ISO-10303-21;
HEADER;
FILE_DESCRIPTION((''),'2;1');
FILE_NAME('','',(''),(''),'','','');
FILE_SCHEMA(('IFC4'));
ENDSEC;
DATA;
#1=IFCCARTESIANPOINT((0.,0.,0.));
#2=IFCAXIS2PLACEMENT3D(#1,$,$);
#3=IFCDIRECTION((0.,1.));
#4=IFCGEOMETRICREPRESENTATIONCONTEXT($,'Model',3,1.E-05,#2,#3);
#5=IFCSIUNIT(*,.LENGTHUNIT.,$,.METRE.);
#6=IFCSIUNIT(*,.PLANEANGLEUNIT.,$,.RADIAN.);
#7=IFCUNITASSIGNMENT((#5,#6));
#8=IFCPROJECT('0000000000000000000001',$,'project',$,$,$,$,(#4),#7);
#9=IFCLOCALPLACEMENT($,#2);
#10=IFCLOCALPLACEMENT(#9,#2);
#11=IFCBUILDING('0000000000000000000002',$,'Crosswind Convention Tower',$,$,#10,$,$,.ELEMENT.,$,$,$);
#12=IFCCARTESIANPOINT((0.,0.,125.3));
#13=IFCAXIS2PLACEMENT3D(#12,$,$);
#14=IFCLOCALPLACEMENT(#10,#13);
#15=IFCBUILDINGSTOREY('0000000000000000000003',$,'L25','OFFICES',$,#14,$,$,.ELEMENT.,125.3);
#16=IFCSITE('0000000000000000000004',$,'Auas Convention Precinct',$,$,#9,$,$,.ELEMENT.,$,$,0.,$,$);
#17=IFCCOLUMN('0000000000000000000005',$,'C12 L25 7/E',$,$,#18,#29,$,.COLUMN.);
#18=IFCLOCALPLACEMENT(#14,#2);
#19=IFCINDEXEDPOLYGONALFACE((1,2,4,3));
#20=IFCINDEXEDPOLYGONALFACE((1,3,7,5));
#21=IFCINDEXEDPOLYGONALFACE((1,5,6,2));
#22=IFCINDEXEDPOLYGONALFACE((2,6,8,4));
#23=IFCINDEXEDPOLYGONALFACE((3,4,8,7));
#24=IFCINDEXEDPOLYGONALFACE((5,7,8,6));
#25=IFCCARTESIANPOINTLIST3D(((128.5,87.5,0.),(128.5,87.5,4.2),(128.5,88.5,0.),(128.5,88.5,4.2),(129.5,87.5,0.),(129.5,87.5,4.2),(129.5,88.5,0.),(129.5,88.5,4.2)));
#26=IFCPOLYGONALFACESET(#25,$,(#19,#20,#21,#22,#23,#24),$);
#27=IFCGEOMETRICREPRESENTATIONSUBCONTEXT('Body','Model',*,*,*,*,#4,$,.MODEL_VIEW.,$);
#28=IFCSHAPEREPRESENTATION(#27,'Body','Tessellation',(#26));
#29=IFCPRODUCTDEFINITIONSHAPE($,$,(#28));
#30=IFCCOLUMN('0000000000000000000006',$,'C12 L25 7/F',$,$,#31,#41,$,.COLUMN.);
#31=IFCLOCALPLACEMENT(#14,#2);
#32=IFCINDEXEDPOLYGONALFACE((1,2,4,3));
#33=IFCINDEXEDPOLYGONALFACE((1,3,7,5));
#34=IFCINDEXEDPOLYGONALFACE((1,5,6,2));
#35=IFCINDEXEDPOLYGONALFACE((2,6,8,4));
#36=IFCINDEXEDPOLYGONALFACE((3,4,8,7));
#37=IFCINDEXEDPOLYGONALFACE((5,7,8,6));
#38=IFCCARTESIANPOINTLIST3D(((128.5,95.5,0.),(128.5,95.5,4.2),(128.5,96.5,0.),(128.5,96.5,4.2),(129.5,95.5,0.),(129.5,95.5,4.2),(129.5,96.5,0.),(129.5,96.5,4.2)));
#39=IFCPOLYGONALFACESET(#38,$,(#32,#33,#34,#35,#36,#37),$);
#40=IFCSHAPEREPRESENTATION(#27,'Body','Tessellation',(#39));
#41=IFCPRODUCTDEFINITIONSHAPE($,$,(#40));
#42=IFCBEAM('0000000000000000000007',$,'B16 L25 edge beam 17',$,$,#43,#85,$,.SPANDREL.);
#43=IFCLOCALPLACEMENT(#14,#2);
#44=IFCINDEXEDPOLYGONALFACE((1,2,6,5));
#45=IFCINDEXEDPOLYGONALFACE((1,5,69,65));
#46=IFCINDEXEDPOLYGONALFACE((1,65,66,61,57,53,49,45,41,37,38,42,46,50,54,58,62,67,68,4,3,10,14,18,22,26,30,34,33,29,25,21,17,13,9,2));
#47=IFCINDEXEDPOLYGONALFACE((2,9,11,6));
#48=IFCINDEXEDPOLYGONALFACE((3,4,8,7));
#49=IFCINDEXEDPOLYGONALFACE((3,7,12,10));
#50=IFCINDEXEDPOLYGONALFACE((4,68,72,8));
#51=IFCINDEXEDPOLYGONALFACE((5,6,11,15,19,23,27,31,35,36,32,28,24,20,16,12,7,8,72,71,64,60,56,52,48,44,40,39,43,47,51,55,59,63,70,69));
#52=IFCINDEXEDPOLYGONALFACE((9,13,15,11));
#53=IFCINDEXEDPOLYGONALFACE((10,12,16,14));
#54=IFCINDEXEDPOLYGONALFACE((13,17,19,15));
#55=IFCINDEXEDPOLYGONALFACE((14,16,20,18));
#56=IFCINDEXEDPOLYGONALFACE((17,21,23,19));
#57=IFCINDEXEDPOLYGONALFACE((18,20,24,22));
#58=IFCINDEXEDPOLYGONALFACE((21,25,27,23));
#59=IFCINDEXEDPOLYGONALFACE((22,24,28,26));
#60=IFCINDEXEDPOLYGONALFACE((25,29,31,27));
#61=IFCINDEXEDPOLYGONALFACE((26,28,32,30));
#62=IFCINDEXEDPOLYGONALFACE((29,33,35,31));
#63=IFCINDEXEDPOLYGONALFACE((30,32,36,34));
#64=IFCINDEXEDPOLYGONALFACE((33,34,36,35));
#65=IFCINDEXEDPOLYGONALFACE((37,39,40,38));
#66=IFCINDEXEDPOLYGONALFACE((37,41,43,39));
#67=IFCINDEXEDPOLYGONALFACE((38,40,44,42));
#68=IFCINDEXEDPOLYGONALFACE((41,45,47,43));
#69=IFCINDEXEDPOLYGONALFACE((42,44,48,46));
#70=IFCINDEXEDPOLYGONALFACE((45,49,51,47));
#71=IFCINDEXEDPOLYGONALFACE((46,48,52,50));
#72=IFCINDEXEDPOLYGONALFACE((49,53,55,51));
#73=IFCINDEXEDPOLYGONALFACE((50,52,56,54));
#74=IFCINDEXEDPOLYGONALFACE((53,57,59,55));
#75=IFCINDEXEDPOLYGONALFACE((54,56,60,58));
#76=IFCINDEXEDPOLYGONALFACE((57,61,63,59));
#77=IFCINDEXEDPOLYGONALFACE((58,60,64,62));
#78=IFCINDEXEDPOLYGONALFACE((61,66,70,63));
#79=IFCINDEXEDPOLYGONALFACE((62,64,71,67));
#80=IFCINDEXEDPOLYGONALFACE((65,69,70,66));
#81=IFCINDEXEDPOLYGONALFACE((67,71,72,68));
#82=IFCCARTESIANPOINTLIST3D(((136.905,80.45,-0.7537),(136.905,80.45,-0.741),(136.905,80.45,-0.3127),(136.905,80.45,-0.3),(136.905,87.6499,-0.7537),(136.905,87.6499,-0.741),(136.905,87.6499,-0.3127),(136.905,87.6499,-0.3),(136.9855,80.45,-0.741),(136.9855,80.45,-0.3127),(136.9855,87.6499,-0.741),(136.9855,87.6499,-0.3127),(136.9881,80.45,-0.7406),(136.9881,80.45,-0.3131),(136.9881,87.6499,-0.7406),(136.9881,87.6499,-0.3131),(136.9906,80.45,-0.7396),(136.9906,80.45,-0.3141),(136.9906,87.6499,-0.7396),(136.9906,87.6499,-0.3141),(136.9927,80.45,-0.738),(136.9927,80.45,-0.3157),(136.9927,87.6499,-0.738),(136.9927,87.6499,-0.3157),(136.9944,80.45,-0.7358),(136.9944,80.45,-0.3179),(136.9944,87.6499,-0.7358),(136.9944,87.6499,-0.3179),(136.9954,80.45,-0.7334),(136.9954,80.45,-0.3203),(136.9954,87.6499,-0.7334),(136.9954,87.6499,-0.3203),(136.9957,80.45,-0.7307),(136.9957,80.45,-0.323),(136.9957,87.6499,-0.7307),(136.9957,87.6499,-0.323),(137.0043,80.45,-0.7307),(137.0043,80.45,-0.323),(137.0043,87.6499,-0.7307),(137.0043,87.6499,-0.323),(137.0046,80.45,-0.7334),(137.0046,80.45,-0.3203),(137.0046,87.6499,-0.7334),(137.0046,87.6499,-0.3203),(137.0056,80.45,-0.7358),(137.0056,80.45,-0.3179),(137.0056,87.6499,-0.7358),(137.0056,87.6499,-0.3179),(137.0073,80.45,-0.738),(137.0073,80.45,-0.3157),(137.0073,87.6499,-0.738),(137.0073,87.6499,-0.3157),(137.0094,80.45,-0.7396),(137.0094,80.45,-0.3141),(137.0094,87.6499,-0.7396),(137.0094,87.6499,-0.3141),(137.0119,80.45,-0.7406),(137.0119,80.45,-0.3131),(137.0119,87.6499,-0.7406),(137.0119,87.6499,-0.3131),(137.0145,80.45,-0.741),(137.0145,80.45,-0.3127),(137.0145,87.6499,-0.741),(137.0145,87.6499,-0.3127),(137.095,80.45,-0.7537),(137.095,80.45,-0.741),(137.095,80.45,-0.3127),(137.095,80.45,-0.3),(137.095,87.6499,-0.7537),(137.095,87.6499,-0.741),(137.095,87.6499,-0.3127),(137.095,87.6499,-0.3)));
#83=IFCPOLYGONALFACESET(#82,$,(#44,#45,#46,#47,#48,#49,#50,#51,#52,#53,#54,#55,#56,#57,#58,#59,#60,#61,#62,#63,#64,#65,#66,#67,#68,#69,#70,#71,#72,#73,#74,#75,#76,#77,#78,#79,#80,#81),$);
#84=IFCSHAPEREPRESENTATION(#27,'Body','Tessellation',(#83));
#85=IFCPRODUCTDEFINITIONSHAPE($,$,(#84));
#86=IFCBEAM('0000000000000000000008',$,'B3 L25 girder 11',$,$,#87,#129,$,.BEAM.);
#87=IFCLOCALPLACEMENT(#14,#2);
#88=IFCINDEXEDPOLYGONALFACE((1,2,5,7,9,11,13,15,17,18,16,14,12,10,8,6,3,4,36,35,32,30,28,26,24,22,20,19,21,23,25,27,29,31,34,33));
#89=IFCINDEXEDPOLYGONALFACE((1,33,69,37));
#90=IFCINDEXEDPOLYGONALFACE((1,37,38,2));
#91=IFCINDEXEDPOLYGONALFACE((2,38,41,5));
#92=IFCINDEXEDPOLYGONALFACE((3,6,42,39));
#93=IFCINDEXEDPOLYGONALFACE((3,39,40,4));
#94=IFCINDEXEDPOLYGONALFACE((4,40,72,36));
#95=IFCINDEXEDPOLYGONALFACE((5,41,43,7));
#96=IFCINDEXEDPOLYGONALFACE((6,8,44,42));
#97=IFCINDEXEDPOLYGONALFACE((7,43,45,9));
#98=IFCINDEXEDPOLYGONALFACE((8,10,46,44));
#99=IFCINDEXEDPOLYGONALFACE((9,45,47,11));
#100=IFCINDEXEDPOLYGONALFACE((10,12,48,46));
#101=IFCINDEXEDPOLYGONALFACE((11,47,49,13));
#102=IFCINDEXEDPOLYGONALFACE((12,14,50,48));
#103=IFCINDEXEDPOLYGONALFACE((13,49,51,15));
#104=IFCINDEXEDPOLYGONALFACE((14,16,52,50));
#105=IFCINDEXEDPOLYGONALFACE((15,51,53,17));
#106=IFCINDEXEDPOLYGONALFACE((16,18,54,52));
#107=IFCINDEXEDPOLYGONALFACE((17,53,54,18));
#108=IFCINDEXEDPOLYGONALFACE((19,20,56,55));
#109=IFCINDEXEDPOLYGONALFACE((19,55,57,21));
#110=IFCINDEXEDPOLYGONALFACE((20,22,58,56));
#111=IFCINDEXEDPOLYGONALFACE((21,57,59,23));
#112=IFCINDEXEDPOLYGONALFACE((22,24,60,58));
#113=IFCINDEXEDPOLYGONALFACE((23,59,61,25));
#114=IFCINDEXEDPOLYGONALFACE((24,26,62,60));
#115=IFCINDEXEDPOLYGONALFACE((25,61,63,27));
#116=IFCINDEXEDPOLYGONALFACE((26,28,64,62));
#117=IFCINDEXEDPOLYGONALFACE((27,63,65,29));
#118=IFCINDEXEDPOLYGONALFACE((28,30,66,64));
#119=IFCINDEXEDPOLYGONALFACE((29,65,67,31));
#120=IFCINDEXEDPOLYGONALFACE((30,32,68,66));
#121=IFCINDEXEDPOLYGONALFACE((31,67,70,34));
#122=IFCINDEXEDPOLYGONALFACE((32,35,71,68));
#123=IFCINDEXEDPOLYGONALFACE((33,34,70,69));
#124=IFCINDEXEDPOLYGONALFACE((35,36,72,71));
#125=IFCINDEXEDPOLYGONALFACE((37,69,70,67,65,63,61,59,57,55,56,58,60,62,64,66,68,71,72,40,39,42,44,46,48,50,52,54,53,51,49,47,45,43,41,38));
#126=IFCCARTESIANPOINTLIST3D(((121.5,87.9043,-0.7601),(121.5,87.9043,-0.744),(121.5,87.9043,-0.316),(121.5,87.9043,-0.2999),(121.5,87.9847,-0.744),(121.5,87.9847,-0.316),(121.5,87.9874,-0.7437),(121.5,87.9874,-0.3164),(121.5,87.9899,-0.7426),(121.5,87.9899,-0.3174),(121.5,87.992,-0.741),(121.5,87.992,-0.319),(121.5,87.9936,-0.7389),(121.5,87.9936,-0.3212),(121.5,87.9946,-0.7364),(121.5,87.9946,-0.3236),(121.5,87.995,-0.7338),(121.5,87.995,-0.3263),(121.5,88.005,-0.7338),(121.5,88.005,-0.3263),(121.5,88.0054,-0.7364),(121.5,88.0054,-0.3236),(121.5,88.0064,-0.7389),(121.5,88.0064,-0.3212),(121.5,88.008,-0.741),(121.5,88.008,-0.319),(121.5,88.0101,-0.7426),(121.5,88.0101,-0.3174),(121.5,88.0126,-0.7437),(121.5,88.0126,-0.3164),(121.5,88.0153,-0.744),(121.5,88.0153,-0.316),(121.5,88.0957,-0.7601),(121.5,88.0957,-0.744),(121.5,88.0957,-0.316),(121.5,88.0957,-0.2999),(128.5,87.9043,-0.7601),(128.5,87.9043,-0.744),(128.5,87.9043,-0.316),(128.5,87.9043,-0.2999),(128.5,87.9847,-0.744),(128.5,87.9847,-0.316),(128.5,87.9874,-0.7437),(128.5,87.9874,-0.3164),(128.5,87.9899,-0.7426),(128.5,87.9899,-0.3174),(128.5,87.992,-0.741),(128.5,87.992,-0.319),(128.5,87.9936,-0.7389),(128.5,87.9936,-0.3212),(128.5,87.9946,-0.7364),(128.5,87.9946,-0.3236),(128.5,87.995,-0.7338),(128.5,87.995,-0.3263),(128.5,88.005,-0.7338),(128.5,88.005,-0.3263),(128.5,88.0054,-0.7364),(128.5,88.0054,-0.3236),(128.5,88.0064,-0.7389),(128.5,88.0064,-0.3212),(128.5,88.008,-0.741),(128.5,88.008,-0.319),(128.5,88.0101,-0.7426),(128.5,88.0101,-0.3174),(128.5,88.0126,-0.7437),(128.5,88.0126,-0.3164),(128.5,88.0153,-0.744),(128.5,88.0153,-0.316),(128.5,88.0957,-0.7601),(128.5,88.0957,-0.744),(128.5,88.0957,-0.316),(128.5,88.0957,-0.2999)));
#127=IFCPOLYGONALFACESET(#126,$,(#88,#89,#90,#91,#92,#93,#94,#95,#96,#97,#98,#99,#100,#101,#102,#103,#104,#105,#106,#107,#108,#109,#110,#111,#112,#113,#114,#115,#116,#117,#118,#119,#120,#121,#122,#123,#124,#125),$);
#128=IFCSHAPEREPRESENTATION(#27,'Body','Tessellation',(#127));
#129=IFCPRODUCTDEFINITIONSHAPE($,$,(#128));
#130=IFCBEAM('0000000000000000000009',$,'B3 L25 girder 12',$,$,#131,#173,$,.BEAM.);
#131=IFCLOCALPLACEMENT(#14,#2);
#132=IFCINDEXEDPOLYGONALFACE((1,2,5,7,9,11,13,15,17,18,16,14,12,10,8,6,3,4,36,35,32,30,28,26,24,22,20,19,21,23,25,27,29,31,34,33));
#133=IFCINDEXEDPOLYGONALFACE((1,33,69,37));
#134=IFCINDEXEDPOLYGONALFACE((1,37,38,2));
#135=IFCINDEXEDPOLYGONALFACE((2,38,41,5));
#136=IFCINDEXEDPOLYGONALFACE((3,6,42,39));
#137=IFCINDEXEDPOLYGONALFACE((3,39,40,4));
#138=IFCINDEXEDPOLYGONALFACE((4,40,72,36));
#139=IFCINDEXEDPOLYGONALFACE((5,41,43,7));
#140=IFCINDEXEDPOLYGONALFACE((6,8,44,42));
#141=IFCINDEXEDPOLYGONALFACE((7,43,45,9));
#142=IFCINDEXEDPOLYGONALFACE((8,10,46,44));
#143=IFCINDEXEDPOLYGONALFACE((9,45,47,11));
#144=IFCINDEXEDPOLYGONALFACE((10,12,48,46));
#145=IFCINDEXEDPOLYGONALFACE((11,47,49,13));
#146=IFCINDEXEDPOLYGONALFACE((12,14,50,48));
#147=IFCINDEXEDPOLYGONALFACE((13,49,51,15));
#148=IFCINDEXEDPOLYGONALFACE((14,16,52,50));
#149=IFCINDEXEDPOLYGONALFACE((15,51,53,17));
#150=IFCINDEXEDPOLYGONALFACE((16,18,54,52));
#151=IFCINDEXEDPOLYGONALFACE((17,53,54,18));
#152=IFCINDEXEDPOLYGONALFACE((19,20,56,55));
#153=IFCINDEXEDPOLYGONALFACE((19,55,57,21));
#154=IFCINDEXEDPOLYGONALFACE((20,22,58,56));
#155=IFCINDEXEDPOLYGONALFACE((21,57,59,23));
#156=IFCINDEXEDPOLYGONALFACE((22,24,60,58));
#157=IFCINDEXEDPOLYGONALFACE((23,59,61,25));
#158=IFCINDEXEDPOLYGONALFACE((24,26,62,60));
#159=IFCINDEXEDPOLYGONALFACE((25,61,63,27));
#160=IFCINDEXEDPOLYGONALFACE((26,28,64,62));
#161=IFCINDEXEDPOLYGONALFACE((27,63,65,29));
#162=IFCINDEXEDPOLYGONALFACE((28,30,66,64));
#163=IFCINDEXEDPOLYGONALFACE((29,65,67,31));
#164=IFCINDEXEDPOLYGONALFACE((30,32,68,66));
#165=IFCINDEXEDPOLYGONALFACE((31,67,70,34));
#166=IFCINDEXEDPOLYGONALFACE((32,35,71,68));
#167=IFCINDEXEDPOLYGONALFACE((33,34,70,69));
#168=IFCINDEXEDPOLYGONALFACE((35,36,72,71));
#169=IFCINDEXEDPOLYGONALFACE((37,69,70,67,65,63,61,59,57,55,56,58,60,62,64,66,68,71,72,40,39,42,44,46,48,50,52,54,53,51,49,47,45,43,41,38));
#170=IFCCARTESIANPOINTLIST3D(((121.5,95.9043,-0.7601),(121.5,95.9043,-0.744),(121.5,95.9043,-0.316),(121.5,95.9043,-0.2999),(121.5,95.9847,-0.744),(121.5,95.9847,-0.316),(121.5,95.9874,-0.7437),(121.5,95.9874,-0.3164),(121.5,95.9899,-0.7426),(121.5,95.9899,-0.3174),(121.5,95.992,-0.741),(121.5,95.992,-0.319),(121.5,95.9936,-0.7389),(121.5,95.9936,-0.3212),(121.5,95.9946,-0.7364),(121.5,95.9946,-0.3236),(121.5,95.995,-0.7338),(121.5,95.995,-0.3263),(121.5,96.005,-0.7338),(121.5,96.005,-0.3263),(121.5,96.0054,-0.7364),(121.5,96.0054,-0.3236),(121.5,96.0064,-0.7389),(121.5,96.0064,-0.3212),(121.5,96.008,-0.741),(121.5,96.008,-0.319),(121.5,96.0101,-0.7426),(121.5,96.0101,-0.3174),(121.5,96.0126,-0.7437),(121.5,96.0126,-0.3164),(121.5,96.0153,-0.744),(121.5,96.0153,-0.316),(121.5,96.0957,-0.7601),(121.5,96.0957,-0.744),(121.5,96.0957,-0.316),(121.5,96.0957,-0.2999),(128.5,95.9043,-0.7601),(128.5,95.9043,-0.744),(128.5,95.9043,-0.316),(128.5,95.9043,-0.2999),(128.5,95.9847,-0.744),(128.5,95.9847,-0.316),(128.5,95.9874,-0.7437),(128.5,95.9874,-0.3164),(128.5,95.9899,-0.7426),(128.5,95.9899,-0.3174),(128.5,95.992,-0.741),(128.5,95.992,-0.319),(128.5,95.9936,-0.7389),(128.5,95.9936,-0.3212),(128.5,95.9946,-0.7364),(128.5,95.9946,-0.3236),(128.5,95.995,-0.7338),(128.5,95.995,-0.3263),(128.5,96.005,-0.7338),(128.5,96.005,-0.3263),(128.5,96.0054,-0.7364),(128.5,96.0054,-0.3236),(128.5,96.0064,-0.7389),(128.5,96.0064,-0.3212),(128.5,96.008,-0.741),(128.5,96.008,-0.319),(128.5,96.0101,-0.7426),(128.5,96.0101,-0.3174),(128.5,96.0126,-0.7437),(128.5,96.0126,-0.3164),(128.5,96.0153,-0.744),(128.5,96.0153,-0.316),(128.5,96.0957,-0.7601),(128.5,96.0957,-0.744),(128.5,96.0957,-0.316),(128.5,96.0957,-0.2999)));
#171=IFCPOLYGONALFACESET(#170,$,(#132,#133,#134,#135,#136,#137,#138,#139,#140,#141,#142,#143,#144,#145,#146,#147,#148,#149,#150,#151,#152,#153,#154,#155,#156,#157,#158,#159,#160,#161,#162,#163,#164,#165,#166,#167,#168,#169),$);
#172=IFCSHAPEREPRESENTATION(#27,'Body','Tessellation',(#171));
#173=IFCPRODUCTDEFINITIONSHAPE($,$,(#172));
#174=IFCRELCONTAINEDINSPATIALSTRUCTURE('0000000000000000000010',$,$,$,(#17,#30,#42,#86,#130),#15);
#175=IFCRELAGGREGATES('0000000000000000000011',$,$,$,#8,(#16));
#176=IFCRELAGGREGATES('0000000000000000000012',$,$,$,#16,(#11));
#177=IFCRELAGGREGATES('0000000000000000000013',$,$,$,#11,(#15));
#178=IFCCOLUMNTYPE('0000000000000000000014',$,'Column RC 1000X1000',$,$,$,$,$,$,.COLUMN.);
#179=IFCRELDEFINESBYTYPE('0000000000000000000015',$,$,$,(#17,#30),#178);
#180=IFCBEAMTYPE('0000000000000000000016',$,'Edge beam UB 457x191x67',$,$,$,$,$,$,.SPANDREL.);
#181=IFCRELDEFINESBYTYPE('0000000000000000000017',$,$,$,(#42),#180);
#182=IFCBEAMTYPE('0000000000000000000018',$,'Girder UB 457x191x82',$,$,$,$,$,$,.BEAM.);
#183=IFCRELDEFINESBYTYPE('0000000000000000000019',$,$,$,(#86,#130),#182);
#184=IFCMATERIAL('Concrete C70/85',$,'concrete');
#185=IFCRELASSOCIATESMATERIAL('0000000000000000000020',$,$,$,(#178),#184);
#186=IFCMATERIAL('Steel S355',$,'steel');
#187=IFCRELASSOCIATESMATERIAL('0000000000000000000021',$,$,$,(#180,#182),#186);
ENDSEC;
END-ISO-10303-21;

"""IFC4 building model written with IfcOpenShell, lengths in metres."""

from ifc_helpers import new_model, si_unit, direction, frame, origin, origin_2d, place, context, subcontext, project, spatial, rectangle, i_section, extrude, material, material_profile, profile_set, type_object, element, save


model = new_model("IFC4")

# Units and contexts
model_context = context("Model", 3, precision=1e-05, world=origin(), true_north=direction((0.0, 1.0)))
body_context = subcontext(model_context, "Body", "Model", "MODEL_VIEW")
ifc_project = project(units=[si_unit("LENGTHUNIT", "METRE"), si_unit("PLANEANGLEUNIT", "RADIAN")], contexts=[model_context])

# Site, building, storey
site_placement = place(None, origin())
site = spatial("IfcSite", under=ifc_project, at=site_placement, Name="Auas Convention Precinct", CompositionType="ELEMENT", RefElevation=0.0)
building_placement = place(site_placement, origin())
building = spatial("IfcBuilding", under=site, at=building_placement, Name="Crosswind Convention Tower", CompositionType="ELEMENT")
storey_placement = place(building_placement, frame((0.0, 0.0, 125.3)))
storey = spatial("IfcBuildingStorey", under=building, at=storey_placement, Name="L25", Description="OFFICES", CompositionType="ELEMENT", Elevation=125.3)

# Columns
ifc_material_1 = material(Name="Concrete C70/85", Category="concrete")
ifc_material_profile_1 = material_profile(ifc_material_1, rectangle(XDim=1.0, YDim=1.0, at=origin_2d()), Name="RC 1000X1000")
ifc_profile_set_1 = profile_set([ifc_material_profile_1], Name="Concrete C70/85")
column_type = type_object("IfcColumnType", Name="Column RC 1000X1000", PredefinedType="COLUMN", material=ifc_profile_set_1)
for number, where, z_axis, x_axis, name in (
    (1, (129.0, 88.0, 0.0), (0.0, 0.0, 1.0), (1.0, 0.0, 0.0), "C12 L25 7/E"),
    (2, (129.0, 96.0, 0.0), (0.0, 0.0, 1.0), (1.0, 0.0, 0.0), "C12 L25 7/F"),
):
    element("IfcColumn", number, at=place(storey_placement, frame(where, z_axis=z_axis, x_axis=x_axis)), inside=storey, type_object=column_type, Name=name, PredefinedType="COLUMN", context=body_context, shape_type="SweptSolid", body=[
        extrude(rectangle(XDim=1.0, YDim=1.0, at=origin_2d()), origin(), (0.0, 0.0, 1.0), 4.2),
    ])

# Beams
ifc_material_2 = material(Name="Steel S355", Category="steel")
ifc_material_profile_2 = material_profile(ifc_material_2, i_section(OverallWidth=0.1899, OverallDepth=0.4536, WebThickness=0.0085, FlangeThickness=0.0127, FilletRadius=0.0103, at=origin_2d()), Name="UB 457x191x67")
ifc_profile_set_2 = profile_set([ifc_material_profile_2], Name="Steel S355")
beam_type_1 = type_object("IfcBeamType", Name="Edge beam UB 457x191x67", PredefinedType="SPANDREL", material=ifc_profile_set_2)
beam_1_placement = place(storey_placement, frame((137.0, 80.45, -0.5269), z_axis=(0.0, 1.0, 0.0), x_axis=(-1.0, 0.0, 0.0)))
element("IfcBeam", 3, at=beam_1_placement, inside=storey, type_object=beam_type_1, Name="B16 L25 edge beam 17", PredefinedType="SPANDREL", context=body_context, shape_type="SweptSolid", body=[
    extrude(i_section(OverallWidth=0.1899, OverallDepth=0.4536, WebThickness=0.0085, FlangeThickness=0.0127, FilletRadius=0.0103, at=origin_2d()), origin(), (0.0, 0.0, 1.0), 7.2),
])
ifc_material_profile_3 = material_profile(ifc_material_2, i_section(OverallWidth=0.1914, OverallDepth=0.4602, WebThickness=0.01, FlangeThickness=0.0161, FilletRadius=0.0103, at=origin_2d()), Name="UB 457x191x82")
ifc_profile_set_3 = profile_set([ifc_material_profile_3], Name="Steel S355")
beam_type_2 = type_object("IfcBeamType", Name="Girder UB 457x191x82", PredefinedType="BEAM", material=ifc_profile_set_3)
for number, where, z_axis, x_axis, name in (
    (4, (121.5, 88.0, -0.53), (1.0, 0.0, 0.0), (0.0, 1.0, 0.0), "B3 L25 girder 11"),
    (5, (121.5, 96.0, -0.53), (1.0, 0.0, 0.0), (0.0, 1.0, 0.0), "B3 L25 girder 12"),
):
    element("IfcBeam", number, at=place(storey_placement, frame(where, z_axis=z_axis, x_axis=x_axis)), inside=storey, type_object=beam_type_2, Name=name, PredefinedType="BEAM", context=body_context, shape_type="SweptSolid", body=[
        extrude(i_section(OverallWidth=0.1914, OverallDepth=0.4602, WebThickness=0.01, FlangeThickness=0.0161, FilletRadius=0.0103, at=origin_2d()), origin(), (0.0, 0.0, 1.0), 7.0),
    ])

save(model, "model.ifc")
